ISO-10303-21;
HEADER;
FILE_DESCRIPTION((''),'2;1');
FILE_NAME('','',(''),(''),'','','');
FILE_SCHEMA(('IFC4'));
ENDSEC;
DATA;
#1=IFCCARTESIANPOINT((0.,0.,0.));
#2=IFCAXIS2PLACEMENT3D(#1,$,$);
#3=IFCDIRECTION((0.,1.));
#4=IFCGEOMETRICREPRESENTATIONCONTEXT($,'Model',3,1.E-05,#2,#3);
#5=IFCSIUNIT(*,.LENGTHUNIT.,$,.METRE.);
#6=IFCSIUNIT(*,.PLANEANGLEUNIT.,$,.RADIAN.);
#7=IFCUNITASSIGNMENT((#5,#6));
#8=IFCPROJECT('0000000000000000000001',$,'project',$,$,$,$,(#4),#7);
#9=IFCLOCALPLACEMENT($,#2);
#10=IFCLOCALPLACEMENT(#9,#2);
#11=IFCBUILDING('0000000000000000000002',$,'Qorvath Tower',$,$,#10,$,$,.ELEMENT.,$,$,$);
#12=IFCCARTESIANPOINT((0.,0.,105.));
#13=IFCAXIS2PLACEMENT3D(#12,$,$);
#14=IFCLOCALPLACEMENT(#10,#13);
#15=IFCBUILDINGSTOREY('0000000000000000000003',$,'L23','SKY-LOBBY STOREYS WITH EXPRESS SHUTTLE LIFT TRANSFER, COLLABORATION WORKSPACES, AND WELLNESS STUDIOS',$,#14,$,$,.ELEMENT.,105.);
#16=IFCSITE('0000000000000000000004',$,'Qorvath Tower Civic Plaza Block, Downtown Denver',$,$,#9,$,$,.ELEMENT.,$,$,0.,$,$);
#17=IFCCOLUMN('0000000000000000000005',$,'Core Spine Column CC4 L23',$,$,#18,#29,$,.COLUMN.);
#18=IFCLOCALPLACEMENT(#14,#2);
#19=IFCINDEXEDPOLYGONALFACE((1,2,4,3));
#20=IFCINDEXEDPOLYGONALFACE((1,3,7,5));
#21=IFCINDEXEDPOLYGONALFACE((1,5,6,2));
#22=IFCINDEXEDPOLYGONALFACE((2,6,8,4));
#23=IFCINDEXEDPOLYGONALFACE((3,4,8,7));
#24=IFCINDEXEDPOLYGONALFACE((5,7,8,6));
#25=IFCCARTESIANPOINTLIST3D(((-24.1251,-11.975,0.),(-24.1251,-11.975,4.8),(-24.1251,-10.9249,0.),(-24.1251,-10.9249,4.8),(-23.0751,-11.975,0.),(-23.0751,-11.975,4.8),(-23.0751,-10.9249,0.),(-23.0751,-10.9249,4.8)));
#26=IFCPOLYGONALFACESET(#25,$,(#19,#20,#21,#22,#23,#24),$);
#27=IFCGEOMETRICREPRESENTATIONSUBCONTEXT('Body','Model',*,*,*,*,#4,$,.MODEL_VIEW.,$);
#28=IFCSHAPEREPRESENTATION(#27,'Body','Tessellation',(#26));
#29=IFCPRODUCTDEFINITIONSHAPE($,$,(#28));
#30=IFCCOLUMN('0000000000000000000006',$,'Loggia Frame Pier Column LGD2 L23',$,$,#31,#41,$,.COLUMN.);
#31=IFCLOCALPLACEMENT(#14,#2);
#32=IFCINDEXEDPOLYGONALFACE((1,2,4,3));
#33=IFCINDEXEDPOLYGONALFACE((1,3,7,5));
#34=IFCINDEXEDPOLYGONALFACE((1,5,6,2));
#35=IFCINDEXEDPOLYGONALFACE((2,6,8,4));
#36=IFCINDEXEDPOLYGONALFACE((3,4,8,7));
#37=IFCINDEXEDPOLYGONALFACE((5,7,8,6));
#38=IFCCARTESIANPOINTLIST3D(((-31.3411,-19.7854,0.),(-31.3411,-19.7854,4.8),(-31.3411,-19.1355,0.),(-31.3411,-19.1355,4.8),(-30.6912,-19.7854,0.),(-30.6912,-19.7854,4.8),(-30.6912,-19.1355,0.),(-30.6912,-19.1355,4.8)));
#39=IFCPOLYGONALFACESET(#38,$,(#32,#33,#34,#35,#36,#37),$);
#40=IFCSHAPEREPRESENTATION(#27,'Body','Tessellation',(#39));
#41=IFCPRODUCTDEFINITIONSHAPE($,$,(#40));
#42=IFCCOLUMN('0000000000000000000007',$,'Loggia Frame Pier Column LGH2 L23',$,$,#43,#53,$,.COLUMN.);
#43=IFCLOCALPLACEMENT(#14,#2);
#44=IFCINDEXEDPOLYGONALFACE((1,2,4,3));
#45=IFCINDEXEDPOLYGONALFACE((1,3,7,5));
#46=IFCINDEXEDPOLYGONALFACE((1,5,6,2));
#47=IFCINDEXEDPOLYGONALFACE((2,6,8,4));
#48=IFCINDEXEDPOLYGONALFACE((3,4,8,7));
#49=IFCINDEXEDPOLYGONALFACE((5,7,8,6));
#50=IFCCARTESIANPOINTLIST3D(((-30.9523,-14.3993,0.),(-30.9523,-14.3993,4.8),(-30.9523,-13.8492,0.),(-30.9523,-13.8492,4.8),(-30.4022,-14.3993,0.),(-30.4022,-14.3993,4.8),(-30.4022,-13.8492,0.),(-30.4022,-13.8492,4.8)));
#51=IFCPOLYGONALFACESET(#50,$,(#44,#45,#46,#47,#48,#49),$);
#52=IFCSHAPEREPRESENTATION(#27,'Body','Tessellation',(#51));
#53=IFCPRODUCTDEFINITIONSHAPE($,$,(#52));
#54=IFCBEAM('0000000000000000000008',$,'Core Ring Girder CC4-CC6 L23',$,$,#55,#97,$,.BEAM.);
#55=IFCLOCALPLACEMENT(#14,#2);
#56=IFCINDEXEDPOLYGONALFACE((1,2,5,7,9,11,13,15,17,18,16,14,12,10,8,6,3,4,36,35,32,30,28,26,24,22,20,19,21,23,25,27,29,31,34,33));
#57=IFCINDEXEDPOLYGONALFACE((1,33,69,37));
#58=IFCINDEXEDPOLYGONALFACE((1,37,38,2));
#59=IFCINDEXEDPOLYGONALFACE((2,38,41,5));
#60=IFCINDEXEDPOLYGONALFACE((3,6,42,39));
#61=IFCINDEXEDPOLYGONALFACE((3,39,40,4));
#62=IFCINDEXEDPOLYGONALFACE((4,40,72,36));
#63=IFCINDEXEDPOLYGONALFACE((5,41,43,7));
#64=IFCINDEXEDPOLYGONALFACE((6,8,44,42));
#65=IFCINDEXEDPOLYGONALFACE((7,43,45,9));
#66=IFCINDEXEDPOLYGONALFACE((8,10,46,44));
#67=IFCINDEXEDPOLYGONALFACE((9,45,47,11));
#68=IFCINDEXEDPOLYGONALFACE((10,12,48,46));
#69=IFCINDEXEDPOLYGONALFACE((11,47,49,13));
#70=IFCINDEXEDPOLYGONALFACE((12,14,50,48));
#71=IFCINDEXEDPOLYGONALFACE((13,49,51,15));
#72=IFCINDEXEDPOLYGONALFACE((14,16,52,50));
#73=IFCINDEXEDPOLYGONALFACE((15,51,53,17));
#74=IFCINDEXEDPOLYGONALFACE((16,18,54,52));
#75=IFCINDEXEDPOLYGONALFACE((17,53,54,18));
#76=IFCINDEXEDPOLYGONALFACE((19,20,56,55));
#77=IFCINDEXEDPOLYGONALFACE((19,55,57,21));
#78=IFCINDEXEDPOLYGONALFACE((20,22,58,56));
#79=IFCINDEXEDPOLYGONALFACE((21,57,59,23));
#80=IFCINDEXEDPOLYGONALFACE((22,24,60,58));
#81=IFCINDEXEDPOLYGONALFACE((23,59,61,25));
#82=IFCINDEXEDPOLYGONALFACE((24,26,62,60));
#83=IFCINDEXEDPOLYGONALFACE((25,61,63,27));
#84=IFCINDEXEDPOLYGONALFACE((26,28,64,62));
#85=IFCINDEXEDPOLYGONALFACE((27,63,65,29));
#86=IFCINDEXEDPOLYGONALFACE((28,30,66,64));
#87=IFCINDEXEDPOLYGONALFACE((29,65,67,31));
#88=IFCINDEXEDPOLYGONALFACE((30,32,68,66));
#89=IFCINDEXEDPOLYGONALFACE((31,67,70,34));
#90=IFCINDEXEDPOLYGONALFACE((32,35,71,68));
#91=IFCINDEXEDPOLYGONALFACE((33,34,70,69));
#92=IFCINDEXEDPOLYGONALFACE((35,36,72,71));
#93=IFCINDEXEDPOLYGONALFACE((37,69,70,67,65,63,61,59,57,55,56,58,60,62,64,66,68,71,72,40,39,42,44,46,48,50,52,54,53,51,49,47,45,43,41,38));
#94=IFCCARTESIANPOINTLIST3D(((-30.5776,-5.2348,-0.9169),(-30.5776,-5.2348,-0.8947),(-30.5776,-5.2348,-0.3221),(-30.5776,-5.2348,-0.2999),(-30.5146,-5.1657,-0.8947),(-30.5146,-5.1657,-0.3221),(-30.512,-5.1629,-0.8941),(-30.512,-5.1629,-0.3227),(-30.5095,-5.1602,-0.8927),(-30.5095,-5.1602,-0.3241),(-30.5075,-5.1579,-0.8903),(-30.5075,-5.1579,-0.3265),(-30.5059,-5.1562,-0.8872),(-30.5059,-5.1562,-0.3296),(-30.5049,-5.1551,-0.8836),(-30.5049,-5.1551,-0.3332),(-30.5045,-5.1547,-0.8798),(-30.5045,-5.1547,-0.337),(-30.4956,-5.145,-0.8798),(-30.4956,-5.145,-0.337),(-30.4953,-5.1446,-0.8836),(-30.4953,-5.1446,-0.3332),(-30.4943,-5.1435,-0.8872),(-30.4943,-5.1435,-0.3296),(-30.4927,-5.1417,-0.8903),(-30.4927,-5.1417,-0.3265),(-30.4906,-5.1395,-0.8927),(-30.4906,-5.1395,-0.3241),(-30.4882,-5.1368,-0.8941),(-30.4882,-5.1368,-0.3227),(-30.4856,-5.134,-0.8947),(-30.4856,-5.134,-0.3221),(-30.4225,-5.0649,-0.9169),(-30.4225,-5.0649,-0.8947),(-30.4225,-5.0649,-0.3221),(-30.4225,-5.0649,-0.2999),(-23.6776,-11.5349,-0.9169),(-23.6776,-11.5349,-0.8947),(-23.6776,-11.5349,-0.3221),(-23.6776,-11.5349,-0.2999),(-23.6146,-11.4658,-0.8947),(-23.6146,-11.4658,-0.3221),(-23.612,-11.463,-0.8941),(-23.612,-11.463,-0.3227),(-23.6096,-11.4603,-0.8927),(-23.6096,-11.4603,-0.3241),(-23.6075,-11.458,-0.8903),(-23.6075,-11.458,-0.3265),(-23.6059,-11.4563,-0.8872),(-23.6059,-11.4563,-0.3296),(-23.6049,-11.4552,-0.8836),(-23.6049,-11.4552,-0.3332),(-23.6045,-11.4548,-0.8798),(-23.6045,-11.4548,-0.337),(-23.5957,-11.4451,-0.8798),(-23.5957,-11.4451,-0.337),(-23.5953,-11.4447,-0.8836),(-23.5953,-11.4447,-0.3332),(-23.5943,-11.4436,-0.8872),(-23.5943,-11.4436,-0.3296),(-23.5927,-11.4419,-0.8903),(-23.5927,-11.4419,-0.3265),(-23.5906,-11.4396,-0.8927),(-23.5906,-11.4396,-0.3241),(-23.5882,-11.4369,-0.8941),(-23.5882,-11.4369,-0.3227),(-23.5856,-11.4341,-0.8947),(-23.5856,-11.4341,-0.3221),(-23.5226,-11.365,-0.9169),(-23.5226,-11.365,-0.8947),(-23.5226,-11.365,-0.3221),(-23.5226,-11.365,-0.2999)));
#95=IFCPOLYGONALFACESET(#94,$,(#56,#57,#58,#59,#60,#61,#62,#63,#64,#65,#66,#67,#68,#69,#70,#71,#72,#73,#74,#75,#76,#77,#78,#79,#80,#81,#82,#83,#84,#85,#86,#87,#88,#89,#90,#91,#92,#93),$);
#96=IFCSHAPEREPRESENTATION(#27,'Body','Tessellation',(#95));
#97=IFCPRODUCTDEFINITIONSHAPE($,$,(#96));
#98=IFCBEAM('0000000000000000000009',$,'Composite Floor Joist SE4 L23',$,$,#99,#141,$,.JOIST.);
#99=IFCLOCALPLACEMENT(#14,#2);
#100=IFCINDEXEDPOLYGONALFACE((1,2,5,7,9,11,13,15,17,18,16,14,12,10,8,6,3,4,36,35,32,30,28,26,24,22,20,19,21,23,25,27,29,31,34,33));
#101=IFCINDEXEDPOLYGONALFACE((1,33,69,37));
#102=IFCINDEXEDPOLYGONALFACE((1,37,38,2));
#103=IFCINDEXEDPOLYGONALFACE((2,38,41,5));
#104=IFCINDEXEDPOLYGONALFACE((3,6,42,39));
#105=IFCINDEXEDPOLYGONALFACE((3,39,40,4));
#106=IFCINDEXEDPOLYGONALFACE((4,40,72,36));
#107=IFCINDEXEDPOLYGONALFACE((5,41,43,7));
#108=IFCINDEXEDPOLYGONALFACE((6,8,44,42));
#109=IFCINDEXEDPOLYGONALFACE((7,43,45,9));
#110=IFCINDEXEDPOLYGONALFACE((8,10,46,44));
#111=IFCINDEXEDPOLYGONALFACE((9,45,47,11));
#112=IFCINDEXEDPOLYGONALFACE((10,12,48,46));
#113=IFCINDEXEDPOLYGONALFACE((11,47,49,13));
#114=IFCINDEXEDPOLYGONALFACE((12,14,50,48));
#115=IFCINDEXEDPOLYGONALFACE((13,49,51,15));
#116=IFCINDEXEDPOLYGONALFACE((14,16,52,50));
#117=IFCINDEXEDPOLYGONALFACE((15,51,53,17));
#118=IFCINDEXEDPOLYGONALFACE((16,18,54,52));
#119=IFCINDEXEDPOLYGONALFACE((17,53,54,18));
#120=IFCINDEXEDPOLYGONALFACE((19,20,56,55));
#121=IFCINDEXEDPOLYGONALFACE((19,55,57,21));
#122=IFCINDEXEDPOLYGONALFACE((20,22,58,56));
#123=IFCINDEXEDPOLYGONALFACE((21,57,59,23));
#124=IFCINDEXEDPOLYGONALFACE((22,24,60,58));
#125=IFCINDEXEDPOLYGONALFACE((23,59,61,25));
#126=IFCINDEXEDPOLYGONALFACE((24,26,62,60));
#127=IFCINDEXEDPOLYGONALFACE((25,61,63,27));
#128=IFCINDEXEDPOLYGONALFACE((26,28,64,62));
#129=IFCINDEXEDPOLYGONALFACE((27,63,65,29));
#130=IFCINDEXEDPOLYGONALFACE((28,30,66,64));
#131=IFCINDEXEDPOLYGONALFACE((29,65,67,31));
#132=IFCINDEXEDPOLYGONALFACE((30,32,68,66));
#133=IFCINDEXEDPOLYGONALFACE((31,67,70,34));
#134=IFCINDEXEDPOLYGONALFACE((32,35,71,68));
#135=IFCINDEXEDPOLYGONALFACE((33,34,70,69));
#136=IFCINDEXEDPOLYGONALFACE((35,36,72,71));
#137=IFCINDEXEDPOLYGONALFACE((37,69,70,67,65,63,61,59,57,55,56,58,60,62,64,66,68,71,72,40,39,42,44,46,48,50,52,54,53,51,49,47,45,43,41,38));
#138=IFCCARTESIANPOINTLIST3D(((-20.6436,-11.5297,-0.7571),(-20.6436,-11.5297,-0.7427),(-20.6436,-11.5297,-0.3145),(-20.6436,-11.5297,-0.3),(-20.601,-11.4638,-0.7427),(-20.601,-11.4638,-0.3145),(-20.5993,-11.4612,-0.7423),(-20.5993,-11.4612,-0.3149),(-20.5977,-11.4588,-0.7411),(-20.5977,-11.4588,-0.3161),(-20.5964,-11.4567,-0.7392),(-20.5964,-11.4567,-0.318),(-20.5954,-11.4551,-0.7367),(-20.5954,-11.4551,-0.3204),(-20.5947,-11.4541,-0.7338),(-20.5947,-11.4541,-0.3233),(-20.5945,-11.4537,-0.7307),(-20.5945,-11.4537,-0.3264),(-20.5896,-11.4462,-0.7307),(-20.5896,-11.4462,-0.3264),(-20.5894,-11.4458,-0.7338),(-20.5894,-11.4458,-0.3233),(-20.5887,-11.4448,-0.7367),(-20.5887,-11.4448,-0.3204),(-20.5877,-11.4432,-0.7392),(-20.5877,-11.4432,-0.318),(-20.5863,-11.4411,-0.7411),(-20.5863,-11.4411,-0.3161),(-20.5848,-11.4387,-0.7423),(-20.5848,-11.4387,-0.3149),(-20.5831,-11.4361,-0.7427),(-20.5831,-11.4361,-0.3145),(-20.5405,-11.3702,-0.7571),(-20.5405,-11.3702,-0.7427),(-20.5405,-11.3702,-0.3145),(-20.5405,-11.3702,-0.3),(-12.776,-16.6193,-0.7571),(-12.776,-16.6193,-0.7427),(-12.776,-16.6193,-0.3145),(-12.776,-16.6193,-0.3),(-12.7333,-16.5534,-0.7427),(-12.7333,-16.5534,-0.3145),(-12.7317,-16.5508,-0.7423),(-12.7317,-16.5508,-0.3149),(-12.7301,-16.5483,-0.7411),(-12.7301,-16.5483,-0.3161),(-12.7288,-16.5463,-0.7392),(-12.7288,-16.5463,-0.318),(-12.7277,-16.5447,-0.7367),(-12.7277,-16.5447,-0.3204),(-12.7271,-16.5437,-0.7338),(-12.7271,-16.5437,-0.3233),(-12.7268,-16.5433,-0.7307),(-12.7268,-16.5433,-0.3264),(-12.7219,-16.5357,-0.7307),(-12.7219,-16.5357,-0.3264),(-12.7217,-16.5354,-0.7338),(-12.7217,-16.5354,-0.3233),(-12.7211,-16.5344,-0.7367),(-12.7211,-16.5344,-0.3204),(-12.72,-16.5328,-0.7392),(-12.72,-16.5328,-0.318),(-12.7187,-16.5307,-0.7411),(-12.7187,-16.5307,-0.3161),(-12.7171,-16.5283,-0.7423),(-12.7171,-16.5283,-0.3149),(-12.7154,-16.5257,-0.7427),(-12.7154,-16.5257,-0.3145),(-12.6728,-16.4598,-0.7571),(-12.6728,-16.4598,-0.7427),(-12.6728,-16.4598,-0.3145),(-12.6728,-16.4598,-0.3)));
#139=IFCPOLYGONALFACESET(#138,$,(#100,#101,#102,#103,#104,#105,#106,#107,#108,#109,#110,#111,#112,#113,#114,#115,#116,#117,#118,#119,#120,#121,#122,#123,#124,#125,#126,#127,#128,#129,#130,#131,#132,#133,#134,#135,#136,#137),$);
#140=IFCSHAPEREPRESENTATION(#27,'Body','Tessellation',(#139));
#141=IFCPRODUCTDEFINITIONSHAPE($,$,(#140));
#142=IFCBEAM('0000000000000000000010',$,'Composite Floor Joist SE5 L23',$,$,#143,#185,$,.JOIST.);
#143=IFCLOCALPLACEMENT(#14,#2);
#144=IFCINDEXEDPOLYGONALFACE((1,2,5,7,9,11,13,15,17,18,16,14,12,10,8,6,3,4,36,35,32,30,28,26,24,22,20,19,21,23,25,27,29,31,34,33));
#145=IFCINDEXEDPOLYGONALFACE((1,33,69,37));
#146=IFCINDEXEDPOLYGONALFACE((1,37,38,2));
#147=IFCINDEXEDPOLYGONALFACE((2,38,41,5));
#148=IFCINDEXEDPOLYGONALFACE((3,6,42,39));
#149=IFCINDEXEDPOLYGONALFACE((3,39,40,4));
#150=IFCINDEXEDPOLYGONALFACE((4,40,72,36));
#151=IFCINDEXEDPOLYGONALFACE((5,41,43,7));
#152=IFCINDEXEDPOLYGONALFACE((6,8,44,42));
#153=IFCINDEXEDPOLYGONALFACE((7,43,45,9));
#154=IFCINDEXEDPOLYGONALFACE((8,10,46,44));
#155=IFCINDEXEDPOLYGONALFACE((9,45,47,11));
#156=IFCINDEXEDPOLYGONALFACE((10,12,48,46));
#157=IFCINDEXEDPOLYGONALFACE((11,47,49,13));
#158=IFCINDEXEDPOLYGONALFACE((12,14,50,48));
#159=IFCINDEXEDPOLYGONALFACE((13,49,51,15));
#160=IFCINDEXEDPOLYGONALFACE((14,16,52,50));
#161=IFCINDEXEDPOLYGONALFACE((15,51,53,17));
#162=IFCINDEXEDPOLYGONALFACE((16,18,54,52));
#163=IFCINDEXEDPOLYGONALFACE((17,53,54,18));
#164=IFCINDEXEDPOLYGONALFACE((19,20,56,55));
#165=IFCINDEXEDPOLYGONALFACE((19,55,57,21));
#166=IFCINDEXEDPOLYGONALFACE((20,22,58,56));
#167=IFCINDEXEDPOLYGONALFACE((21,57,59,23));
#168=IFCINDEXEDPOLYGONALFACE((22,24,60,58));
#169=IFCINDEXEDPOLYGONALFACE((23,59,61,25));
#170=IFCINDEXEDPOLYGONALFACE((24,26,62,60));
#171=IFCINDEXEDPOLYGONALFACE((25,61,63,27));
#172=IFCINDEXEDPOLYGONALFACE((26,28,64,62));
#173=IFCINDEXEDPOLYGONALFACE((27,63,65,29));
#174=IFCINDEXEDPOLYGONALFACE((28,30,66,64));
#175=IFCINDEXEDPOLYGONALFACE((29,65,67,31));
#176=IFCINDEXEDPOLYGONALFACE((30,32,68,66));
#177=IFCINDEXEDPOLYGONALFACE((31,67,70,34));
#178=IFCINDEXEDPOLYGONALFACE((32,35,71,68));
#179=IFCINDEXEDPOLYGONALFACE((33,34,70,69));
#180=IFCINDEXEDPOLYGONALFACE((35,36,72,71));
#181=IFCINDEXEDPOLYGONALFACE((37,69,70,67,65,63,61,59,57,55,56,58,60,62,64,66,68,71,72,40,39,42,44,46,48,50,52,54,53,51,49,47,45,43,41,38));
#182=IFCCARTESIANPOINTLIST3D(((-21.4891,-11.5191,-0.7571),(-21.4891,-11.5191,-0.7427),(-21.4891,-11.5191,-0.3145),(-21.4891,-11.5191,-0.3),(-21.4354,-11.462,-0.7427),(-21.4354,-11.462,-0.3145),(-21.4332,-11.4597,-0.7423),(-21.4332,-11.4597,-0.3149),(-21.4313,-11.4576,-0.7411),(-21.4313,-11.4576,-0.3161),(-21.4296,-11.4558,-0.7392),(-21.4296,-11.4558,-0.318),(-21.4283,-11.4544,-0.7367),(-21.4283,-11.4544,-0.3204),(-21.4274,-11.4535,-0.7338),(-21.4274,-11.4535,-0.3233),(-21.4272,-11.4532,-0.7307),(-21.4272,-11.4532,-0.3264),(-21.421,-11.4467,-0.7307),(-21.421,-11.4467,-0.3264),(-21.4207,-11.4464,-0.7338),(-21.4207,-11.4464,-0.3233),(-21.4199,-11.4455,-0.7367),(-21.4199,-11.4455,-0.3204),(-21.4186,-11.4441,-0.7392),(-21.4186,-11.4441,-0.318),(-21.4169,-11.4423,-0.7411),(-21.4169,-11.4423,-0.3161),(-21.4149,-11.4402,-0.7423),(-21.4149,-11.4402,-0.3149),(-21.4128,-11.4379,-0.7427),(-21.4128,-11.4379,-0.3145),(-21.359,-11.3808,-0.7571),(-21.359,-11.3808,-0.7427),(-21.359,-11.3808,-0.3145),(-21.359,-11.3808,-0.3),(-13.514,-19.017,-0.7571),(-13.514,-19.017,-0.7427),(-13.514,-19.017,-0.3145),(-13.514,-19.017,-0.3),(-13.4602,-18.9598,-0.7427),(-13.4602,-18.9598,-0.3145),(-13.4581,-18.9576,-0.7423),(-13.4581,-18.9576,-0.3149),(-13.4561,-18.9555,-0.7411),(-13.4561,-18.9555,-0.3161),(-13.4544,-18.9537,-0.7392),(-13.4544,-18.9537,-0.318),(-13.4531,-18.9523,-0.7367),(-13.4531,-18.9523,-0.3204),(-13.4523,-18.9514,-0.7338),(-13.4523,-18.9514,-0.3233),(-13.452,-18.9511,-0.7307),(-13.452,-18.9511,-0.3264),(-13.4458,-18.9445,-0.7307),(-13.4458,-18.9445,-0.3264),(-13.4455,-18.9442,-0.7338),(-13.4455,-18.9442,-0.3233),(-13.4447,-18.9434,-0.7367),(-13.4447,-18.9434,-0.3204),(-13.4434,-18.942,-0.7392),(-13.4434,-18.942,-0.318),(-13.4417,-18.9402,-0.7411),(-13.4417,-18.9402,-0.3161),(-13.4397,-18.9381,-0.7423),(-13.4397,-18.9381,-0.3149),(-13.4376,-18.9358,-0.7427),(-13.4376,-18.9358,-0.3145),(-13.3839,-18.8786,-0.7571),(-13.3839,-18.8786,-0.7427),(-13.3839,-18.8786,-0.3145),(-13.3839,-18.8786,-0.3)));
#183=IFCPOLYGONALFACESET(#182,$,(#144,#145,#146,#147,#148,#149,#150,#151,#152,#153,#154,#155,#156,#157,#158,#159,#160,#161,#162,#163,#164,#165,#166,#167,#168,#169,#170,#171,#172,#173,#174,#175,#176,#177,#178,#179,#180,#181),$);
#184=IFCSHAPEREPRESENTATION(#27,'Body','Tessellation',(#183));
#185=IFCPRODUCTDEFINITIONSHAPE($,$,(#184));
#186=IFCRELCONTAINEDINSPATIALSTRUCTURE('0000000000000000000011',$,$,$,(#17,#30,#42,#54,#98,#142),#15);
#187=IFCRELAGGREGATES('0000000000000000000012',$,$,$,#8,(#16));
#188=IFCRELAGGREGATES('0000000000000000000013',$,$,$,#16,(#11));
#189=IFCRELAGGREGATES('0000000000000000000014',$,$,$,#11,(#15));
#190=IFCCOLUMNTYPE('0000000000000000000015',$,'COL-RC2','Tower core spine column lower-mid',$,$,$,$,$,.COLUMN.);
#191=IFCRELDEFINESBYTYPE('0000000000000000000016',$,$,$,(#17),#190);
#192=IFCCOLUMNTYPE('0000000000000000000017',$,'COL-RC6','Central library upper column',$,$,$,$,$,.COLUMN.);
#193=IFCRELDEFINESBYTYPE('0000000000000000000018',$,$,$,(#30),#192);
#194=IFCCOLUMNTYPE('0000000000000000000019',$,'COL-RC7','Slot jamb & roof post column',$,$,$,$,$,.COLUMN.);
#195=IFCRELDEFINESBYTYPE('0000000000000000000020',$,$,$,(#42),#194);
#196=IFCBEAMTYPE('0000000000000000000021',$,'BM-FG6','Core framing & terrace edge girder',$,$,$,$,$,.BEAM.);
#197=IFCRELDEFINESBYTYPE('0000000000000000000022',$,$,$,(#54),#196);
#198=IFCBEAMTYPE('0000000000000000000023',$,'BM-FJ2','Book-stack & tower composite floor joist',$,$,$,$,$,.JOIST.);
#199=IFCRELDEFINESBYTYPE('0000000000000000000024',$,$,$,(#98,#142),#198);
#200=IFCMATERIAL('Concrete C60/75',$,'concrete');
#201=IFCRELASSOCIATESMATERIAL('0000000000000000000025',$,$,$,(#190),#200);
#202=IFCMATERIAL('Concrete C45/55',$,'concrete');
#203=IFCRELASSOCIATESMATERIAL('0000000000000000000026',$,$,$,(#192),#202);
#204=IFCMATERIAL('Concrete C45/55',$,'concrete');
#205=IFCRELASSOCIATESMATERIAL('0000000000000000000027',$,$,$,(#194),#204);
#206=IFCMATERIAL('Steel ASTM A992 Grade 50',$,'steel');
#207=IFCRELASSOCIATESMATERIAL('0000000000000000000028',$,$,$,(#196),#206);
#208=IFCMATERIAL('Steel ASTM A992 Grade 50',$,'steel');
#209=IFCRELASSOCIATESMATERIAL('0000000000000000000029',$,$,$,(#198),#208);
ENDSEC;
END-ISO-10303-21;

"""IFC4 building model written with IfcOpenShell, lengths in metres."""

from ifc_helpers import new_model, si_unit, direction, frame, origin, origin_2d, place, context, subcontext, project, spatial, rectangle, i_section, extrude, material, material_profile, profile_set, type_object, element, save


model = new_model("IFC4")

# Units and contexts
model_context = context("Model", 3, precision=1e-05, world=origin(), true_north=direction((0.0, 1.0)))
body_context = subcontext(model_context, "Body", "Model", "MODEL_VIEW")
ifc_project = project(units=[si_unit("LENGTHUNIT", "METRE"), si_unit("PLANEANGLEUNIT", "RADIAN")], contexts=[model_context])

# Site, building, storey
site_placement = place(None, origin())
site = spatial("IfcSite", under=ifc_project, at=site_placement, Name="Qorvath Tower Civic Plaza Block, Downtown Denver", CompositionType="ELEMENT", RefElevation=0.0)
building_placement = place(site_placement, origin())
building = spatial("IfcBuilding", under=site, at=building_placement, Name="Qorvath Tower", CompositionType="ELEMENT")
storey_placement = place(building_placement, frame((0.0, 0.0, 105.0)))
storey = spatial("IfcBuildingStorey", under=building, at=storey_placement, Name="L23", Description="SKY-LOBBY STOREYS WITH EXPRESS SHUTTLE LIFT TRANSFER, COLLABORATION WORKSPACES, AND WELLNESS STUDIOS", CompositionType="ELEMENT", Elevation=105.0)

# Columns
ifc_material_1 = material(Name="Concrete C60/75", Category="concrete")
ifc_material_profile_1 = material_profile(ifc_material_1, rectangle(XDim=1.05, YDim=1.05, at=origin_2d()), Name="RC 1050x1050")
ifc_profile_set_1 = profile_set([ifc_material_profile_1], Name="Concrete C60/75")
column_type_1 = type_object("IfcColumnType", Name="COL-RC2", Description="Tower core spine column lower-mid", PredefinedType="COLUMN", material=ifc_profile_set_1)
column_1_placement = place(storey_placement, frame((-23.6001, -11.45, 0.0), z_axis=(0.0, 0.0, 1.0), x_axis=(1.0, 0.0, 0.0)))
element("IfcColumn", 1, at=column_1_placement, inside=storey, type_object=column_type_1, Name="Core Spine Column CC4 L23", PredefinedType="COLUMN", context=body_context, shape_type="SweptSolid", body=[
    extrude(rectangle(XDim=1.05, YDim=1.05, at=origin_2d()), origin(), (0.0, 0.0, 1.0), 4.8),
])
ifc_material_2 = material(Name="Concrete C45/55", Category="concrete")
ifc_material_profile_2 = material_profile(ifc_material_2, rectangle(XDim=0.6499, YDim=0.6499, at=origin_2d()), Name="RC 650x650")
ifc_profile_set_2 = profile_set([ifc_material_profile_2], Name="Concrete C45/55")
column_type_2 = type_object("IfcColumnType", Name="COL-RC6", Description="Central library upper column", PredefinedType="COLUMN", material=ifc_profile_set_2)
column_2_placement = place(storey_placement, frame((-31.0161, -19.4604, 0.0), z_axis=(0.0, 0.0, 1.0), x_axis=(1.0, 0.0, 0.0)))
element("IfcColumn", 2, at=column_2_placement, inside=storey, type_object=column_type_2, Name="Loggia Frame Pier Column LGD2 L23", PredefinedType="COLUMN", context=body_context, shape_type="SweptSolid", body=[
    extrude(rectangle(XDim=0.6499, YDim=0.6499, at=origin_2d()), origin(), (0.0, 0.0, 1.0), 4.8),
])
ifc_material_3 = material(Name="Concrete C45/55", Category="concrete")
ifc_material_profile_3 = material_profile(ifc_material_3, rectangle(XDim=0.55, YDim=0.55, at=origin_2d()), Name="RC 550x550")
ifc_profile_set_3 = profile_set([ifc_material_profile_3], Name="Concrete C45/55")
column_type_3 = type_object("IfcColumnType", Name="COL-RC7", Description="Slot jamb & roof post column", PredefinedType="COLUMN", material=ifc_profile_set_3)
column_3_placement = place(storey_placement, frame((-30.6772, -14.1243, 0.0), z_axis=(0.0, 0.0, 1.0), x_axis=(1.0, 0.0, 0.0)))
element("IfcColumn", 3, at=column_3_placement, inside=storey, type_object=column_type_3, Name="Loggia Frame Pier Column LGH2 L23", PredefinedType="COLUMN", context=body_context, shape_type="SweptSolid", body=[
    extrude(rectangle(XDim=0.55, YDim=0.55, at=origin_2d()), origin(), (0.0, 0.0, 1.0), 4.8),
])

# Beams
ifc_material_4 = material(Name="Steel ASTM A992 Grade 50", Category="steel")
ifc_material_profile_4 = material_profile(ifc_material_4, i_section(OverallWidth=0.23, OverallDepth=0.6169, WebThickness=0.0132, FlangeThickness=0.0222, FilletRadius=0.0149, at=origin_2d()), Name="W24x94")
ifc_profile_set_4 = profile_set([ifc_material_profile_4], Name="Steel ASTM A992 Grade 50")
beam_type_1 = type_object("IfcBeamType", Name="BM-FG6", Description="Core framing & terrace edge girder", PredefinedType="BEAM", material=ifc_profile_set_4)
beam_1_placement = place(storey_placement, frame((-23.6001, -11.45, -0.6084), z_axis=(-0.738478, 0.674277, 0.0), x_axis=(-0.674277, -0.738478, 0.0)))
element("IfcBeam", 4, at=beam_1_placement, inside=storey, type_object=beam_type_1, Name="Core Ring Girder CC4-CC6 L23", PredefinedType="BEAM", context=body_context, shape_type="SweptSolid", body=[
    extrude(i_section(OverallWidth=0.23, OverallDepth=0.6169, WebThickness=0.0132, FlangeThickness=0.0222, FilletRadius=0.0149, at=origin_2d()), origin(), (0.0, 0.0, 1.0), 9.3435),
])
ifc_material_5 = material(Name="Steel ASTM A992 Grade 50", Category="steel")
ifc_material_profile_5 = material_profile(ifc_material_5, i_section(OverallWidth=0.1899, OverallDepth=0.457, WebThickness=0.009, FlangeThickness=0.0144, FilletRadius=0.012, at=origin_2d()), Name="W18x50")
ifc_profile_set_5 = profile_set([ifc_material_profile_5], Name="Steel ASTM A992 Grade 50")
beam_type_2 = type_object("IfcBeamType", Name="BM-FJ2", Description="Book-stack & tower composite floor joist", PredefinedType="JOIST", material=ifc_profile_set_5)
beam_2_placement = place(storey_placement, frame((-20.592, -11.45, -0.5286), z_axis=(0.839631, -0.543157, 0.0), x_axis=(0.543157, 0.839631, 0.0)))
element("IfcBeam", 5, at=beam_2_placement, inside=storey, type_object=beam_type_2, Name="Composite Floor Joist SE4 L23", PredefinedType="JOIST", context=body_context, shape_type="SweptSolid", body=[
    extrude(i_section(OverallWidth=0.1899, OverallDepth=0.457, WebThickness=0.009, FlangeThickness=0.0144, FilletRadius=0.012, at=origin_2d()), origin(), (0.0, 0.0, 1.0), 9.3704),
])
beam_3_placement = place(storey_placement, frame((-21.4241, -11.45, -0.5286), z_axis=(0.728572, -0.684969, 0.0), x_axis=(0.684969, 0.728572, 0.0)))
element("IfcBeam", 6, at=beam_3_placement, inside=storey, type_object=beam_type_2, Name="Composite Floor Joist SE5 L23", PredefinedType="JOIST", context=body_context, shape_type="SweptSolid", body=[
    extrude(i_section(OverallWidth=0.1899, OverallDepth=0.457, WebThickness=0.009, FlangeThickness=0.0144, FilletRadius=0.012, at=origin_2d()), origin(), (0.0, 0.0, 1.0), 10.9463),
])

save(model, "model.ifc")
